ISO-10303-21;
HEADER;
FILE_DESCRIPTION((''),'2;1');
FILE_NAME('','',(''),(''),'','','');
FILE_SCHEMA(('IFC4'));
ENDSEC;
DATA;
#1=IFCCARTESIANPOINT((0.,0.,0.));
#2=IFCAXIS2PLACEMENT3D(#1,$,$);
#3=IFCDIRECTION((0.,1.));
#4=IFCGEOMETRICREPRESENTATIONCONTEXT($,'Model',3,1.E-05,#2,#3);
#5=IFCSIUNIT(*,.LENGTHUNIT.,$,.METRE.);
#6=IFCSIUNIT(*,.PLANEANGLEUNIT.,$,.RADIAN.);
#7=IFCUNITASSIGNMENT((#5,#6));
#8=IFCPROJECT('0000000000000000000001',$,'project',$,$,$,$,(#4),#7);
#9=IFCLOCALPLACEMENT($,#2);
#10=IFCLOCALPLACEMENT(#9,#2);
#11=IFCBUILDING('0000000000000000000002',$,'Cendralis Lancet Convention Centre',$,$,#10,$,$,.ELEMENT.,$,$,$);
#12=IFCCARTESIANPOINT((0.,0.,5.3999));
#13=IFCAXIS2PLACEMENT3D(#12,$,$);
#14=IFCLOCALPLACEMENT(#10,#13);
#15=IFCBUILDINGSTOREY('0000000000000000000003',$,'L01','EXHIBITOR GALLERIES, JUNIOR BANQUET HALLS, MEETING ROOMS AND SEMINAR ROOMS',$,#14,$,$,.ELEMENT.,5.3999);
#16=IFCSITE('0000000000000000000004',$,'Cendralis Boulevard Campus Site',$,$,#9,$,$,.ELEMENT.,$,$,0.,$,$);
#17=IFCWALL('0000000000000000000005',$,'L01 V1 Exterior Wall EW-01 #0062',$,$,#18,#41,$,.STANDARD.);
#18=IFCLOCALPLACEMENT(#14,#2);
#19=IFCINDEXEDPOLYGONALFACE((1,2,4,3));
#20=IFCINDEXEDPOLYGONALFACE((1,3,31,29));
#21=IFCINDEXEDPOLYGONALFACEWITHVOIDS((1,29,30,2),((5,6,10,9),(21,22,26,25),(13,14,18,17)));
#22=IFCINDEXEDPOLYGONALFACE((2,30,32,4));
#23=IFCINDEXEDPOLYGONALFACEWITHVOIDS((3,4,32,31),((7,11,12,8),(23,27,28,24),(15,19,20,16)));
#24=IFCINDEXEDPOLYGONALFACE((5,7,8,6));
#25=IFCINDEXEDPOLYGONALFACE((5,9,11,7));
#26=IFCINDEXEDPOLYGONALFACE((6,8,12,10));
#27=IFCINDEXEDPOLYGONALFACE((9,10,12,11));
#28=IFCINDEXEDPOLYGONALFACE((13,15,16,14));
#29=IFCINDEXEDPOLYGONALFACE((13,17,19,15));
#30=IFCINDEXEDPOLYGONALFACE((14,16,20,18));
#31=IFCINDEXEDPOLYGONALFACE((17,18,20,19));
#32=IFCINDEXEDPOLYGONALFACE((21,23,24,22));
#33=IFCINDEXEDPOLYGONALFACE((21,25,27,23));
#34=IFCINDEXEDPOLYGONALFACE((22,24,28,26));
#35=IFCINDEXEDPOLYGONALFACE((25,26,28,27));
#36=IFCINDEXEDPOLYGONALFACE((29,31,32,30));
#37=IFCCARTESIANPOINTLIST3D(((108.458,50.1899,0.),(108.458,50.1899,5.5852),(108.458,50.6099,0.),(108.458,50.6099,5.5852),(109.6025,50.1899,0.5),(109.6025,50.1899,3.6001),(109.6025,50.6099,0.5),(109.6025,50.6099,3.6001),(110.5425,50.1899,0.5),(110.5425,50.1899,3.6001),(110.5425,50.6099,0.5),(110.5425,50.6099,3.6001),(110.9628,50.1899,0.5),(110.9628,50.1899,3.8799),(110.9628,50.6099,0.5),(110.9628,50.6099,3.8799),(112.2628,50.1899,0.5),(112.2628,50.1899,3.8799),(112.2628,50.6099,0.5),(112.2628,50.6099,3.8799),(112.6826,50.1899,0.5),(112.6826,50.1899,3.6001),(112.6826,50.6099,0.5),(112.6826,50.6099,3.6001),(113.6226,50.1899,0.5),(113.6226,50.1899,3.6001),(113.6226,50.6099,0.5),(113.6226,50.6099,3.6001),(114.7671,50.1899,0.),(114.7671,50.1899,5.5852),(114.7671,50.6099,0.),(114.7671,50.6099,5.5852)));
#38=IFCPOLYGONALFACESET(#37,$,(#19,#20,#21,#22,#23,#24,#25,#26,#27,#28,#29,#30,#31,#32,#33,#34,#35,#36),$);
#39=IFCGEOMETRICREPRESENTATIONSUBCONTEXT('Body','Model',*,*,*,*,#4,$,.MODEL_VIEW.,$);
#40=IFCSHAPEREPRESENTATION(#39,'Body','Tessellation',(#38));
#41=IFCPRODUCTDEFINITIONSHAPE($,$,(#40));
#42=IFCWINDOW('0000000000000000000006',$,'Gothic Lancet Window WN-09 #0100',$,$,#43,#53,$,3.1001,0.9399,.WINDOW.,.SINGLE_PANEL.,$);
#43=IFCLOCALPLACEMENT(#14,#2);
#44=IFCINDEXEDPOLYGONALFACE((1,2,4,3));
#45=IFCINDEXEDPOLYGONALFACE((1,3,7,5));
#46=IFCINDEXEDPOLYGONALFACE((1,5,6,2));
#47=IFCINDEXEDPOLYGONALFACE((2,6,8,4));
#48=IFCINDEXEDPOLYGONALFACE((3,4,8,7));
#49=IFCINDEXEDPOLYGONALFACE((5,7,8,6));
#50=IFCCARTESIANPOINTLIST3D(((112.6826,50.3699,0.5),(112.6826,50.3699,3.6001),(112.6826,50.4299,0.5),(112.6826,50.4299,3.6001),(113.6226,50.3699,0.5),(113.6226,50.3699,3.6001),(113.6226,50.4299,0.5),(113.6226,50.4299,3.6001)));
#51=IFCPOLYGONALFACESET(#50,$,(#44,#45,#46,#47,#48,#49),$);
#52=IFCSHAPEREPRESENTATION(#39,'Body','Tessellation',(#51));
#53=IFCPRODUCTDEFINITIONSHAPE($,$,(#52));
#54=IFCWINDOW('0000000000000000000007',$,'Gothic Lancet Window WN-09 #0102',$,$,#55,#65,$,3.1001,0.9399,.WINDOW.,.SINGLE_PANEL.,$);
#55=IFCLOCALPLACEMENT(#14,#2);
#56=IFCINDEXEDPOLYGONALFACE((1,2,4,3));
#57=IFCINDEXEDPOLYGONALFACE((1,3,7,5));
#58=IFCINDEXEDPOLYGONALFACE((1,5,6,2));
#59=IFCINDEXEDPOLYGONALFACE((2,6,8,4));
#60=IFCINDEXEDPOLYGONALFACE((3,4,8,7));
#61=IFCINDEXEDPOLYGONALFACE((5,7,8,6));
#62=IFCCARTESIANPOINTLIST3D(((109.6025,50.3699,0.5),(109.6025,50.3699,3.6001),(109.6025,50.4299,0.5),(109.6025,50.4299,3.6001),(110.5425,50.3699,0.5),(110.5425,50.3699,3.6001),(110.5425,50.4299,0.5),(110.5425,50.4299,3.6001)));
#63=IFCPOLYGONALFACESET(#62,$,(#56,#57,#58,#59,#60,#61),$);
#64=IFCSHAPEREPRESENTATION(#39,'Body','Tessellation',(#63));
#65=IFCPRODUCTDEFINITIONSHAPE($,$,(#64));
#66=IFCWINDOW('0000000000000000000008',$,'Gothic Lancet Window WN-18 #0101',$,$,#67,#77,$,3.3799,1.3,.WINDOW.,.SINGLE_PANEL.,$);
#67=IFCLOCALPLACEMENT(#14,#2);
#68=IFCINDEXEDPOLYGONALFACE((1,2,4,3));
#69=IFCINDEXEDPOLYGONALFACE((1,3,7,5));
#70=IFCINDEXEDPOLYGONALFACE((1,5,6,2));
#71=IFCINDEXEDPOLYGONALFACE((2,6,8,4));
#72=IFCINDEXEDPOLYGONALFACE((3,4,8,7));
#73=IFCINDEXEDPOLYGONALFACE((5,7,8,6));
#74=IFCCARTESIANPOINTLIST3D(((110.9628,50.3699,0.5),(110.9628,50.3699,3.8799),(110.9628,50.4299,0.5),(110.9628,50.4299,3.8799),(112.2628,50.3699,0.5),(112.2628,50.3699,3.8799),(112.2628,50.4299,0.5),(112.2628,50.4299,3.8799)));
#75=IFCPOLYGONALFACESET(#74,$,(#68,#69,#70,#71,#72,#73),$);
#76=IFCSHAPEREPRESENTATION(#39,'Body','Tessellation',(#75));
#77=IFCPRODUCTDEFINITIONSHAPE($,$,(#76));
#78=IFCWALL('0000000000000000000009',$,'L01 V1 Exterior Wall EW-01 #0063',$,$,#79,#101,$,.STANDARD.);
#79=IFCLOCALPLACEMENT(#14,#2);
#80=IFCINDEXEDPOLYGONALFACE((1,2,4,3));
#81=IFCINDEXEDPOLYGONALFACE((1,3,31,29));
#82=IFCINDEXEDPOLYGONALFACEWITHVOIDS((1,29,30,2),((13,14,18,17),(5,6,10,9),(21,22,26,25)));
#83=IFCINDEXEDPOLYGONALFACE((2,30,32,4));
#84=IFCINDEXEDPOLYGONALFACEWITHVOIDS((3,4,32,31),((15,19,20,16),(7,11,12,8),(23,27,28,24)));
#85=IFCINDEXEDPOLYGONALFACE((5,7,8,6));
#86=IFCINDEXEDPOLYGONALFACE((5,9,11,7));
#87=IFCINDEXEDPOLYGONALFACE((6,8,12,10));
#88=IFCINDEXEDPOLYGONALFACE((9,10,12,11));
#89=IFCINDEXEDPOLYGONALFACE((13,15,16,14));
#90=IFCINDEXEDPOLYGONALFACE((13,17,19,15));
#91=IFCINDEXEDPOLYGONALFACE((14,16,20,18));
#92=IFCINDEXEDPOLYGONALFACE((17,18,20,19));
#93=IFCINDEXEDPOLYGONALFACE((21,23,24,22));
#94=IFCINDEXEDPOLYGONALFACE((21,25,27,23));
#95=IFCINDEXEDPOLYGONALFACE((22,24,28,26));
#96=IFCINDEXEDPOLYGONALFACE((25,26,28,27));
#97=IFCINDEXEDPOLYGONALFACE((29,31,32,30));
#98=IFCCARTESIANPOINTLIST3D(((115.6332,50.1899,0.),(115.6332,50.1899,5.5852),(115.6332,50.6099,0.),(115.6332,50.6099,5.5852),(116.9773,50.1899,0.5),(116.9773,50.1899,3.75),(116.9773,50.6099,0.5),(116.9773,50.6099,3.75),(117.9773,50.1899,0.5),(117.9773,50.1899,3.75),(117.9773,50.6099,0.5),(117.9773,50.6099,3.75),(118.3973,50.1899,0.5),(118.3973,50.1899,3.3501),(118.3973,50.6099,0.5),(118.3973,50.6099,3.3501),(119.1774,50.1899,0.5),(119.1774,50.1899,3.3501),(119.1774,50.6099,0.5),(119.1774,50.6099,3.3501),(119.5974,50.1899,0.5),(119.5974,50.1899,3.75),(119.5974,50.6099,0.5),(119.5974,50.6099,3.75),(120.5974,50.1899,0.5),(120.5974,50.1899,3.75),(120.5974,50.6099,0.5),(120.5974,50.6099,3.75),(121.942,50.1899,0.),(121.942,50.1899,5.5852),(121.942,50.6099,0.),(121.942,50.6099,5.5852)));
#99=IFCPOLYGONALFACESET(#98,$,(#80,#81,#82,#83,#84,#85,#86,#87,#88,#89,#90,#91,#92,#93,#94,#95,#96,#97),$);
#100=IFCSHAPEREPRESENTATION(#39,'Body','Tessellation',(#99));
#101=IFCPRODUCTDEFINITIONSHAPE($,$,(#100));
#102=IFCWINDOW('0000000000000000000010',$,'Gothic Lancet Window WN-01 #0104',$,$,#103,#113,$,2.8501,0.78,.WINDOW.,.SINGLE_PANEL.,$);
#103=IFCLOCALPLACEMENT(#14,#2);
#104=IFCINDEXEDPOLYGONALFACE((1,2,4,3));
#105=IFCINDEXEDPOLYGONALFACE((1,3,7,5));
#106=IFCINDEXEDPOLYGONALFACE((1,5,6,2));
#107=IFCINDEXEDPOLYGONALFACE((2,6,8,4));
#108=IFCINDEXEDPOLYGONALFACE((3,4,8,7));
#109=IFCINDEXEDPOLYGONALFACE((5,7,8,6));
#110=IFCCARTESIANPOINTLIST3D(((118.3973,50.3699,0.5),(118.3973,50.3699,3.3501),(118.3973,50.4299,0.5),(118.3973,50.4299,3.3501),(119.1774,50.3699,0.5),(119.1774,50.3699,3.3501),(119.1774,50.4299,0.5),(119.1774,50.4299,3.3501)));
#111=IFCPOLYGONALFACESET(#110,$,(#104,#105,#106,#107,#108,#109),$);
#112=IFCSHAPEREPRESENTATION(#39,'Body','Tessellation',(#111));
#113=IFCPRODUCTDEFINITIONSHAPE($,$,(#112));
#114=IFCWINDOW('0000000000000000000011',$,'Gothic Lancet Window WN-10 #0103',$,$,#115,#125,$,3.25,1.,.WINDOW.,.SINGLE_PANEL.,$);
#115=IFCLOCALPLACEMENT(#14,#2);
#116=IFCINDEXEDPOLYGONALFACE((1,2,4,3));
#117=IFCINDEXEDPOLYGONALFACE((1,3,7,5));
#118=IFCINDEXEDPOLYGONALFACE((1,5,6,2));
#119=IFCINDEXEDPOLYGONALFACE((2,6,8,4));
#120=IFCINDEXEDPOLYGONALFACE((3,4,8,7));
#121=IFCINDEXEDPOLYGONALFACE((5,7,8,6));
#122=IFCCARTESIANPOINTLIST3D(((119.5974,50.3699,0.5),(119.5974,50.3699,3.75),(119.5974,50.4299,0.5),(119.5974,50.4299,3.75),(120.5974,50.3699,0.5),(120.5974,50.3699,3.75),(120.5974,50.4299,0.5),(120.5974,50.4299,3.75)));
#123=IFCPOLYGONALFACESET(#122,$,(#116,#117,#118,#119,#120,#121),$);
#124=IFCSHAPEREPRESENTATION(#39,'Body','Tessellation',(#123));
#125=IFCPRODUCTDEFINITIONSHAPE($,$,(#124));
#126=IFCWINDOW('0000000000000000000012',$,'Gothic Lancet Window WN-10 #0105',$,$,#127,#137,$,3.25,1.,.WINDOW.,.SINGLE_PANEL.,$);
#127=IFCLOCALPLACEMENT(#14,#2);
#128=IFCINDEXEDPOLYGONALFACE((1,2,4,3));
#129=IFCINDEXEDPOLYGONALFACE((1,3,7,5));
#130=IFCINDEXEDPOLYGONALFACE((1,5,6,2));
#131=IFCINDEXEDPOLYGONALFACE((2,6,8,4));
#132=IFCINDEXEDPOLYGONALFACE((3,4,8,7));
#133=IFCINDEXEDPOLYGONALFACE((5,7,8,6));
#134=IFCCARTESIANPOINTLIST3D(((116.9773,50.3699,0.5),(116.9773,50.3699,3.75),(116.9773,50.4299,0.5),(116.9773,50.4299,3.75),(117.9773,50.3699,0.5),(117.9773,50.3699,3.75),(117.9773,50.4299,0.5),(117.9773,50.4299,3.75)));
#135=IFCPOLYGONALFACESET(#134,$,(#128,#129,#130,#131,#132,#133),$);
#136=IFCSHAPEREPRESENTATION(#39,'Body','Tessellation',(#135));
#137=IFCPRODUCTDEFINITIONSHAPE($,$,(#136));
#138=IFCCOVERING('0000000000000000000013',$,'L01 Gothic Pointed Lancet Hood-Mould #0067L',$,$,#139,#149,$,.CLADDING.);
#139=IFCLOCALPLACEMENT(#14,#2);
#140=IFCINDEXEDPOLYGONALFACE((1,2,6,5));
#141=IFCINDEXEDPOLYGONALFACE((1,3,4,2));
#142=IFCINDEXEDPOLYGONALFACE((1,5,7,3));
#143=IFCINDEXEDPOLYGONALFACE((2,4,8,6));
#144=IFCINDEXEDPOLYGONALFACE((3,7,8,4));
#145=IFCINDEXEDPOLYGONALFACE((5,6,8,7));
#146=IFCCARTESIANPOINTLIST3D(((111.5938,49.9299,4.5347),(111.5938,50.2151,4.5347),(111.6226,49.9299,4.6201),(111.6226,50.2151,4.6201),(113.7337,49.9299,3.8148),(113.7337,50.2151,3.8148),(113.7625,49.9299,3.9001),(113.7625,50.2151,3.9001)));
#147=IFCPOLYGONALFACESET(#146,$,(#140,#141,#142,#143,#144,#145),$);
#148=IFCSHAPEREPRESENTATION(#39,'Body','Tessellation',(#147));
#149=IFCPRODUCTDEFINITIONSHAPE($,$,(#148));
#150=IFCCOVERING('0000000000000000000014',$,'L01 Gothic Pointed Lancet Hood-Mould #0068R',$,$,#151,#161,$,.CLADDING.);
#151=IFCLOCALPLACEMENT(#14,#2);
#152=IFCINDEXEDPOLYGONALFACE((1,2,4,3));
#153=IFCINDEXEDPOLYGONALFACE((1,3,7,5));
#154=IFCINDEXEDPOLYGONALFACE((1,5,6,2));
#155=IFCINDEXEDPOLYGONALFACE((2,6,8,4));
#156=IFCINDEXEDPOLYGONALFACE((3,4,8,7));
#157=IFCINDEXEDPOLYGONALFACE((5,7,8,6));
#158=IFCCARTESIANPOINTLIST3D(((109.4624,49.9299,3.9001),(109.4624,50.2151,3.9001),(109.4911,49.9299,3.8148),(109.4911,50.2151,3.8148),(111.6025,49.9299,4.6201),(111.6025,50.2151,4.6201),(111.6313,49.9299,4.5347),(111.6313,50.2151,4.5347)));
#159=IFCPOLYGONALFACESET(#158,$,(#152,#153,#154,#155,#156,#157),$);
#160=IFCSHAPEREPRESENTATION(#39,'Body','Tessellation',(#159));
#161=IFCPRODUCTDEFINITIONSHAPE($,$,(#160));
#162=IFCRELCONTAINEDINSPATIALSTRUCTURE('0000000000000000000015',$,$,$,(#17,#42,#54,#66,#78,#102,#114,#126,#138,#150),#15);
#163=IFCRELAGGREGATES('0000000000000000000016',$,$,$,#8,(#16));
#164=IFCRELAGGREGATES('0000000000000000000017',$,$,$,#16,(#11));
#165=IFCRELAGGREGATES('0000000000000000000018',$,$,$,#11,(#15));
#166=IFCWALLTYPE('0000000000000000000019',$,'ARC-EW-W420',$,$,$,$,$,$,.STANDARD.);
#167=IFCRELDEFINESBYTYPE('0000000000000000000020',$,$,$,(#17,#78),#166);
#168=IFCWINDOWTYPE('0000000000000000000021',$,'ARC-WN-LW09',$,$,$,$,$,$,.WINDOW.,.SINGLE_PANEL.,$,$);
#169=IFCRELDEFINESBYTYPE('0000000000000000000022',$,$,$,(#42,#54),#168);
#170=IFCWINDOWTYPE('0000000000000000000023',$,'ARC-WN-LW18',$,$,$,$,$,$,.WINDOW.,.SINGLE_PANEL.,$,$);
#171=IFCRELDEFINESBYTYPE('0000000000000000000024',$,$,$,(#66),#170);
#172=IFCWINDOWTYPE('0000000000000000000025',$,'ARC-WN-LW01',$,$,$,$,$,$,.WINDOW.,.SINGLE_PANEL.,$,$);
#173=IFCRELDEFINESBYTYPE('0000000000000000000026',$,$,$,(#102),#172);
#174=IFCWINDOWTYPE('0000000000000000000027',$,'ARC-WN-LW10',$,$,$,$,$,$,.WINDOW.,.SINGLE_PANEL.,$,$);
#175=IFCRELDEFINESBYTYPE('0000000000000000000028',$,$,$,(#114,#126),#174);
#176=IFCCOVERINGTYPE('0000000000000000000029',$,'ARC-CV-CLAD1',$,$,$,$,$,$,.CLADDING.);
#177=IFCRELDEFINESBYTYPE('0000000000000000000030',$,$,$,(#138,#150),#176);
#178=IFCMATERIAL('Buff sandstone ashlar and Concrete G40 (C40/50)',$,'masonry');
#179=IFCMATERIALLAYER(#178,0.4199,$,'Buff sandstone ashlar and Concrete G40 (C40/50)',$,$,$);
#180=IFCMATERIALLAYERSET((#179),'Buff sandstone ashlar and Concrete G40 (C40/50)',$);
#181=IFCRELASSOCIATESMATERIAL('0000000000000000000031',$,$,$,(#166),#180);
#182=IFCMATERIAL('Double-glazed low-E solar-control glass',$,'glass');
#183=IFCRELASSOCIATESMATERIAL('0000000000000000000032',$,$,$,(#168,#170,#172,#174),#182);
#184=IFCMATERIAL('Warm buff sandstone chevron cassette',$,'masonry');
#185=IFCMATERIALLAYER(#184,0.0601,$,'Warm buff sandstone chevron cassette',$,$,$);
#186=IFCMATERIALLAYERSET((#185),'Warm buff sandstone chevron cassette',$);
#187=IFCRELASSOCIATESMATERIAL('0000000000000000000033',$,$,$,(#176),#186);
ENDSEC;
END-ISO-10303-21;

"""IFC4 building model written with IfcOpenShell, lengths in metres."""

from ifc_helpers import new_model, si_unit, direction, frame, frame_2d, origin, place, context, subcontext, project, spatial, polyline, rectangle, outline, extrude, material, layer, layer_set, type_object, element, fill, save


model = new_model("IFC4")

# Units and contexts
model_context = context("Model", 3, precision=1e-05, world=origin(), true_north=direction((0.0, 1.0)))
body_context = subcontext(model_context, "Body", "Model", "MODEL_VIEW")
ifc_project = project(units=[si_unit("LENGTHUNIT", "METRE"), si_unit("PLANEANGLEUNIT", "RADIAN")], contexts=[model_context])

# Site, building, storey
site_placement = place(None, origin())
site = spatial("IfcSite", under=ifc_project, at=site_placement, Name="Cendralis Boulevard Campus Site", CompositionType="ELEMENT", RefElevation=0.0)
building_placement = place(site_placement, origin())
building = spatial("IfcBuilding", under=site, at=building_placement, Name="Cendralis Lancet Convention Centre", CompositionType="ELEMENT")
storey_placement = place(building_placement, frame((0.0, 0.0, 5.3999)))
storey = spatial("IfcBuildingStorey", under=building, at=storey_placement, Name="L01", Description="EXHIBITOR GALLERIES, JUNIOR BANQUET HALLS, MEETING ROOMS AND SEMINAR ROOMS", CompositionType="ELEMENT", Elevation=5.3999)

# Walls, openings, windows
ifc_material_1 = material(Name="Buff sandstone ashlar and Concrete G40 (C40/50)", Category="masonry")
ifc_material_2 = material(Name="Double-glazed low-E solar-control glass", Category="glass")
ifc_layer_1 = layer(ifc_material_1, 0.4199, Name="Buff sandstone ashlar and Concrete G40 (C40/50)")
ifc_layer_set_1 = layer_set([ifc_layer_1], Name="Buff sandstone ashlar and Concrete G40 (C40/50)")
wall_type_1 = type_object("IfcWallType", Name="ARC-EW-W420", PredefinedType="STANDARD", material=ifc_layer_set_1)
wall_1_placement = place(storey_placement, frame((114.7671, 50.3999, 0.0), z_axis=(0.0, 0.0, 1.0), x_axis=(-1.0, 0.0, 0.0)))
wall_1 = element("IfcWall", 1, at=wall_1_placement, inside=storey, type_object=wall_type_1, Name="L01 V1 Exterior Wall EW-01 #0062", PredefinedType="STANDARD", context=body_context, shape_type="SweptSolid", body=[
    extrude(rectangle(XDim=6.3091, YDim=0.4199, at=frame_2d((3.1545, 0.0))), origin(), (0.0, 0.0, 1.0), 5.5852),
])
opening_1_placement = place(wall_1_placement, frame((1.1445, 0.0, 0.5)))
opening_1 = element("IfcOpeningElement", 2, at=opening_1_placement, cuts=wall_1, PredefinedType="OPENING", context=body_context, shape_type="SweptSolid", body=[
    extrude(rectangle(XDim=0.9399, YDim=3.1001, at=frame_2d((0.47, 1.55))), frame((0.0, 0.22, 0.0), z_axis=(0.0, -1.0, 0.0), x_axis=(1.0, 0.0, 0.0)), (0.0, 0.0, 1.0), 0.4399),
])
opening_2_placement = place(wall_1_placement, frame((2.5044, 0.0, 0.5)))
opening_2 = element("IfcOpeningElement", 3, at=opening_2_placement, cuts=wall_1, PredefinedType="OPENING", context=body_context, shape_type="SweptSolid", body=[
    extrude(rectangle(XDim=1.3, YDim=3.3799, at=frame_2d((0.6499, 1.6899))), frame((0.0, 0.22, 0.0), z_axis=(0.0, -1.0, 0.0), x_axis=(1.0, 0.0, 0.0)), (0.0, 0.0, 1.0), 0.4399),
])
opening_3_placement = place(wall_1_placement, frame((4.2246, 0.0, 0.5)))
opening_3 = element("IfcOpeningElement", 4, at=opening_3_placement, cuts=wall_1, PredefinedType="OPENING", context=body_context, shape_type="SweptSolid", body=[
    extrude(rectangle(XDim=0.9399, YDim=3.1001, at=frame_2d((0.47, 1.55))), frame((0.0, 0.22, 0.0), z_axis=(0.0, -1.0, 0.0), x_axis=(1.0, 0.0, 0.0)), (0.0, 0.0, 1.0), 0.4399),
])
window_type_1 = type_object("IfcWindowType", Name="ARC-WN-LW09", PartitioningType="SINGLE_PANEL", PredefinedType="WINDOW", material=ifc_material_2)
window_1_placement = place(opening_1_placement, origin())
window_1 = element("IfcWindow", 5, at=window_1_placement, inside=storey, type_object=window_type_1, Name="Gothic Lancet Window WN-09 #0100", OverallHeight=3.1001, OverallWidth=0.9399, PartitioningType="SINGLE_PANEL", PredefinedType="WINDOW", context=body_context, shape_type="SweptSolid", body=[
    extrude(rectangle(XDim=0.9399, YDim=3.1001, at=frame_2d((0.47, 1.55))), frame((0.0, 0.03, 0.0), z_axis=(0.0, -1.0, 0.0), x_axis=(1.0, 0.0, 0.0)), (0.0, 0.0, 1.0), 0.0601),
])
fill(opening_1, window_1)
window_2_placement = place(opening_3_placement, origin())
window_2 = element("IfcWindow", 6, at=window_2_placement, inside=storey, type_object=window_type_1, Name="Gothic Lancet Window WN-09 #0102", OverallHeight=3.1001, OverallWidth=0.9399, PartitioningType="SINGLE_PANEL", PredefinedType="WINDOW", context=body_context, shape_type="SweptSolid", body=[
    extrude(rectangle(XDim=0.9399, YDim=3.1001, at=frame_2d((0.47, 1.55))), frame((0.0, 0.03, 0.0), z_axis=(0.0, -1.0, 0.0), x_axis=(1.0, 0.0, 0.0)), (0.0, 0.0, 1.0), 0.0601),
])
fill(opening_3, window_2)
window_type_2 = type_object("IfcWindowType", Name="ARC-WN-LW18", PartitioningType="SINGLE_PANEL", PredefinedType="WINDOW", material=ifc_material_2)
window_3_placement = place(opening_2_placement, origin())
window_3 = element("IfcWindow", 7, at=window_3_placement, inside=storey, type_object=window_type_2, Name="Gothic Lancet Window WN-18 #0101", OverallHeight=3.3799, OverallWidth=1.3, PartitioningType="SINGLE_PANEL", PredefinedType="WINDOW", context=body_context, shape_type="SweptSolid", body=[
    extrude(rectangle(XDim=1.3, YDim=3.3799, at=frame_2d((0.6499, 1.6899))), frame((0.0, 0.03, 0.0), z_axis=(0.0, -1.0, 0.0), x_axis=(1.0, 0.0, 0.0)), (0.0, 0.0, 1.0), 0.0601),
])
fill(opening_2, window_3)
wall_2_placement = place(storey_placement, frame((121.9419, 50.3999, 0.0), z_axis=(0.0, 0.0, 1.0), x_axis=(-1.0, 0.0, 0.0)))
wall_2 = element("IfcWall", 8, at=wall_2_placement, inside=storey, type_object=wall_type_1, Name="L01 V1 Exterior Wall EW-01 #0063", PredefinedType="STANDARD", context=body_context, shape_type="SweptSolid", body=[
    extrude(rectangle(XDim=6.3088, YDim=0.4199, at=frame_2d((3.1543, 0.0))), origin(), (0.0, 0.0, 1.0), 5.5852),
])
opening_4_placement = place(wall_2_placement, frame((1.3445, 0.0, 0.5)))
opening_4 = element("IfcOpeningElement", 9, at=opening_4_placement, cuts=wall_2, PredefinedType="OPENING", context=body_context, shape_type="SweptSolid", body=[
    extrude(rectangle(XDim=1.0, YDim=3.25, at=frame_2d((0.5, 1.625))), frame((0.0, 0.22, 0.0), z_axis=(0.0, -1.0, 0.0), x_axis=(1.0, 0.0, 0.0)), (0.0, 0.0, 1.0), 0.4399),
])
opening_5_placement = place(wall_2_placement, frame((2.7644, 0.0, 0.5)))
opening_5 = element("IfcOpeningElement", 10, at=opening_5_placement, cuts=wall_2, PredefinedType="OPENING", context=body_context, shape_type="SweptSolid", body=[
    extrude(rectangle(XDim=0.78, YDim=2.8501, at=frame_2d((0.3901, 1.425))), frame((0.0, 0.22, 0.0), z_axis=(0.0, -1.0, 0.0), x_axis=(1.0, 0.0, 0.0)), (0.0, 0.0, 1.0), 0.4399),
])
opening_6_placement = place(wall_2_placement, frame((3.9646, 0.0, 0.5)))
opening_6 = element("IfcOpeningElement", 11, at=opening_6_placement, cuts=wall_2, PredefinedType="OPENING", context=body_context, shape_type="SweptSolid", body=[
    extrude(rectangle(XDim=1.0, YDim=3.25, at=frame_2d((0.5, 1.625))), frame((0.0, 0.22, 0.0), z_axis=(0.0, -1.0, 0.0), x_axis=(1.0, 0.0, 0.0)), (0.0, 0.0, 1.0), 0.4399),
])
window_type_3 = type_object("IfcWindowType", Name="ARC-WN-LW01", PartitioningType="SINGLE_PANEL", PredefinedType="WINDOW", material=ifc_material_2)
window_4_placement = place(opening_5_placement, origin())
window_4 = element("IfcWindow", 12, at=window_4_placement, inside=storey, type_object=window_type_3, Name="Gothic Lancet Window WN-01 #0104", OverallHeight=2.8501, OverallWidth=0.78, PartitioningType="SINGLE_PANEL", PredefinedType="WINDOW", context=body_context, shape_type="SweptSolid", body=[
    extrude(rectangle(XDim=0.78, YDim=2.8501, at=frame_2d((0.3901, 1.425))), frame((0.0, 0.03, 0.0), z_axis=(0.0, -1.0, 0.0), x_axis=(1.0, 0.0, 0.0)), (0.0, 0.0, 1.0), 0.0601),
])
fill(opening_5, window_4)
window_type_4 = type_object("IfcWindowType", Name="ARC-WN-LW10", PartitioningType="SINGLE_PANEL", PredefinedType="WINDOW", material=ifc_material_2)
window_5_placement = place(opening_4_placement, origin())
window_5 = element("IfcWindow", 13, at=window_5_placement, inside=storey, type_object=window_type_4, Name="Gothic Lancet Window WN-10 #0103", OverallHeight=3.25, OverallWidth=1.0, PartitioningType="SINGLE_PANEL", PredefinedType="WINDOW", context=body_context, shape_type="SweptSolid", body=[
    extrude(rectangle(XDim=1.0, YDim=3.25, at=frame_2d((0.5, 1.625))), frame((0.0, 0.03, 0.0), z_axis=(0.0, -1.0, 0.0), x_axis=(1.0, 0.0, 0.0)), (0.0, 0.0, 1.0), 0.0601),
])
fill(opening_4, window_5)
window_6_placement = place(opening_6_placement, origin())
window_6 = element("IfcWindow", 14, at=window_6_placement, inside=storey, type_object=window_type_4, Name="Gothic Lancet Window WN-10 #0105", OverallHeight=3.25, OverallWidth=1.0, PartitioningType="SINGLE_PANEL", PredefinedType="WINDOW", context=body_context, shape_type="SweptSolid", body=[
    extrude(rectangle(XDim=1.0, YDim=3.25, at=frame_2d((0.5, 1.625))), frame((0.0, 0.03, 0.0), z_axis=(0.0, -1.0, 0.0), x_axis=(1.0, 0.0, 0.0)), (0.0, 0.0, 1.0), 0.0601),
])
fill(opening_6, window_6)

# Coverings
ifc_material_3 = material(Name="Warm buff sandstone chevron cassette", Category="masonry")
ifc_layer_2 = layer(ifc_material_3, 0.0601, Name="Warm buff sandstone chevron cassette")
ifc_layer_set_2 = layer_set([ifc_layer_2], Name="Warm buff sandstone chevron cassette")
covering_type = type_object("IfcCoveringType", Name="ARC-CV-CLAD1", PredefinedType="CLADDING", material=ifc_layer_set_2)
covering_1_placement = place(storey_placement, frame((113.7625, 49.9299, 3.9001), z_axis=(0.318887, 0.0, 0.947793), x_axis=(0.0, 1.0, 0.0)))
element("IfcCovering", 15, at=covering_1_placement, inside=storey, type_object=covering_type, Name="L01 Gothic Pointed Lancet Hood-Mould #0067L", PredefinedType="CLADDING", context=body_context, shape_type="SweptSolid", body=[
    extrude(outline(polyline([(0.0, 0.0), (0.2852, 0.0), (0.2852, 2.2578), (0.0, 2.2578), (0.0, 0.0)])), origin(), (0.0, 0.0, -1.0), 0.0901),
])
covering_2_placement = place(storey_placement, frame((111.6025, 49.9299, 4.6201), z_axis=(-0.318854, 0.0, 0.947804), x_axis=(0.0, 1.0, 0.0)))
element("IfcCovering", 16, at=covering_2_placement, inside=storey, type_object=covering_type, Name="L01 Gothic Pointed Lancet Hood-Mould #0068R", PredefinedType="CLADDING", context=body_context, shape_type="SweptSolid", body=[
    extrude(outline(polyline([(0.0, 0.0), (0.2852, 0.0), (0.2852, 2.258), (0.0, 2.258), (0.0, 0.0)])), origin(), (0.0, 0.0, -1.0), 0.0901),
])

save(model, "model.ifc")
